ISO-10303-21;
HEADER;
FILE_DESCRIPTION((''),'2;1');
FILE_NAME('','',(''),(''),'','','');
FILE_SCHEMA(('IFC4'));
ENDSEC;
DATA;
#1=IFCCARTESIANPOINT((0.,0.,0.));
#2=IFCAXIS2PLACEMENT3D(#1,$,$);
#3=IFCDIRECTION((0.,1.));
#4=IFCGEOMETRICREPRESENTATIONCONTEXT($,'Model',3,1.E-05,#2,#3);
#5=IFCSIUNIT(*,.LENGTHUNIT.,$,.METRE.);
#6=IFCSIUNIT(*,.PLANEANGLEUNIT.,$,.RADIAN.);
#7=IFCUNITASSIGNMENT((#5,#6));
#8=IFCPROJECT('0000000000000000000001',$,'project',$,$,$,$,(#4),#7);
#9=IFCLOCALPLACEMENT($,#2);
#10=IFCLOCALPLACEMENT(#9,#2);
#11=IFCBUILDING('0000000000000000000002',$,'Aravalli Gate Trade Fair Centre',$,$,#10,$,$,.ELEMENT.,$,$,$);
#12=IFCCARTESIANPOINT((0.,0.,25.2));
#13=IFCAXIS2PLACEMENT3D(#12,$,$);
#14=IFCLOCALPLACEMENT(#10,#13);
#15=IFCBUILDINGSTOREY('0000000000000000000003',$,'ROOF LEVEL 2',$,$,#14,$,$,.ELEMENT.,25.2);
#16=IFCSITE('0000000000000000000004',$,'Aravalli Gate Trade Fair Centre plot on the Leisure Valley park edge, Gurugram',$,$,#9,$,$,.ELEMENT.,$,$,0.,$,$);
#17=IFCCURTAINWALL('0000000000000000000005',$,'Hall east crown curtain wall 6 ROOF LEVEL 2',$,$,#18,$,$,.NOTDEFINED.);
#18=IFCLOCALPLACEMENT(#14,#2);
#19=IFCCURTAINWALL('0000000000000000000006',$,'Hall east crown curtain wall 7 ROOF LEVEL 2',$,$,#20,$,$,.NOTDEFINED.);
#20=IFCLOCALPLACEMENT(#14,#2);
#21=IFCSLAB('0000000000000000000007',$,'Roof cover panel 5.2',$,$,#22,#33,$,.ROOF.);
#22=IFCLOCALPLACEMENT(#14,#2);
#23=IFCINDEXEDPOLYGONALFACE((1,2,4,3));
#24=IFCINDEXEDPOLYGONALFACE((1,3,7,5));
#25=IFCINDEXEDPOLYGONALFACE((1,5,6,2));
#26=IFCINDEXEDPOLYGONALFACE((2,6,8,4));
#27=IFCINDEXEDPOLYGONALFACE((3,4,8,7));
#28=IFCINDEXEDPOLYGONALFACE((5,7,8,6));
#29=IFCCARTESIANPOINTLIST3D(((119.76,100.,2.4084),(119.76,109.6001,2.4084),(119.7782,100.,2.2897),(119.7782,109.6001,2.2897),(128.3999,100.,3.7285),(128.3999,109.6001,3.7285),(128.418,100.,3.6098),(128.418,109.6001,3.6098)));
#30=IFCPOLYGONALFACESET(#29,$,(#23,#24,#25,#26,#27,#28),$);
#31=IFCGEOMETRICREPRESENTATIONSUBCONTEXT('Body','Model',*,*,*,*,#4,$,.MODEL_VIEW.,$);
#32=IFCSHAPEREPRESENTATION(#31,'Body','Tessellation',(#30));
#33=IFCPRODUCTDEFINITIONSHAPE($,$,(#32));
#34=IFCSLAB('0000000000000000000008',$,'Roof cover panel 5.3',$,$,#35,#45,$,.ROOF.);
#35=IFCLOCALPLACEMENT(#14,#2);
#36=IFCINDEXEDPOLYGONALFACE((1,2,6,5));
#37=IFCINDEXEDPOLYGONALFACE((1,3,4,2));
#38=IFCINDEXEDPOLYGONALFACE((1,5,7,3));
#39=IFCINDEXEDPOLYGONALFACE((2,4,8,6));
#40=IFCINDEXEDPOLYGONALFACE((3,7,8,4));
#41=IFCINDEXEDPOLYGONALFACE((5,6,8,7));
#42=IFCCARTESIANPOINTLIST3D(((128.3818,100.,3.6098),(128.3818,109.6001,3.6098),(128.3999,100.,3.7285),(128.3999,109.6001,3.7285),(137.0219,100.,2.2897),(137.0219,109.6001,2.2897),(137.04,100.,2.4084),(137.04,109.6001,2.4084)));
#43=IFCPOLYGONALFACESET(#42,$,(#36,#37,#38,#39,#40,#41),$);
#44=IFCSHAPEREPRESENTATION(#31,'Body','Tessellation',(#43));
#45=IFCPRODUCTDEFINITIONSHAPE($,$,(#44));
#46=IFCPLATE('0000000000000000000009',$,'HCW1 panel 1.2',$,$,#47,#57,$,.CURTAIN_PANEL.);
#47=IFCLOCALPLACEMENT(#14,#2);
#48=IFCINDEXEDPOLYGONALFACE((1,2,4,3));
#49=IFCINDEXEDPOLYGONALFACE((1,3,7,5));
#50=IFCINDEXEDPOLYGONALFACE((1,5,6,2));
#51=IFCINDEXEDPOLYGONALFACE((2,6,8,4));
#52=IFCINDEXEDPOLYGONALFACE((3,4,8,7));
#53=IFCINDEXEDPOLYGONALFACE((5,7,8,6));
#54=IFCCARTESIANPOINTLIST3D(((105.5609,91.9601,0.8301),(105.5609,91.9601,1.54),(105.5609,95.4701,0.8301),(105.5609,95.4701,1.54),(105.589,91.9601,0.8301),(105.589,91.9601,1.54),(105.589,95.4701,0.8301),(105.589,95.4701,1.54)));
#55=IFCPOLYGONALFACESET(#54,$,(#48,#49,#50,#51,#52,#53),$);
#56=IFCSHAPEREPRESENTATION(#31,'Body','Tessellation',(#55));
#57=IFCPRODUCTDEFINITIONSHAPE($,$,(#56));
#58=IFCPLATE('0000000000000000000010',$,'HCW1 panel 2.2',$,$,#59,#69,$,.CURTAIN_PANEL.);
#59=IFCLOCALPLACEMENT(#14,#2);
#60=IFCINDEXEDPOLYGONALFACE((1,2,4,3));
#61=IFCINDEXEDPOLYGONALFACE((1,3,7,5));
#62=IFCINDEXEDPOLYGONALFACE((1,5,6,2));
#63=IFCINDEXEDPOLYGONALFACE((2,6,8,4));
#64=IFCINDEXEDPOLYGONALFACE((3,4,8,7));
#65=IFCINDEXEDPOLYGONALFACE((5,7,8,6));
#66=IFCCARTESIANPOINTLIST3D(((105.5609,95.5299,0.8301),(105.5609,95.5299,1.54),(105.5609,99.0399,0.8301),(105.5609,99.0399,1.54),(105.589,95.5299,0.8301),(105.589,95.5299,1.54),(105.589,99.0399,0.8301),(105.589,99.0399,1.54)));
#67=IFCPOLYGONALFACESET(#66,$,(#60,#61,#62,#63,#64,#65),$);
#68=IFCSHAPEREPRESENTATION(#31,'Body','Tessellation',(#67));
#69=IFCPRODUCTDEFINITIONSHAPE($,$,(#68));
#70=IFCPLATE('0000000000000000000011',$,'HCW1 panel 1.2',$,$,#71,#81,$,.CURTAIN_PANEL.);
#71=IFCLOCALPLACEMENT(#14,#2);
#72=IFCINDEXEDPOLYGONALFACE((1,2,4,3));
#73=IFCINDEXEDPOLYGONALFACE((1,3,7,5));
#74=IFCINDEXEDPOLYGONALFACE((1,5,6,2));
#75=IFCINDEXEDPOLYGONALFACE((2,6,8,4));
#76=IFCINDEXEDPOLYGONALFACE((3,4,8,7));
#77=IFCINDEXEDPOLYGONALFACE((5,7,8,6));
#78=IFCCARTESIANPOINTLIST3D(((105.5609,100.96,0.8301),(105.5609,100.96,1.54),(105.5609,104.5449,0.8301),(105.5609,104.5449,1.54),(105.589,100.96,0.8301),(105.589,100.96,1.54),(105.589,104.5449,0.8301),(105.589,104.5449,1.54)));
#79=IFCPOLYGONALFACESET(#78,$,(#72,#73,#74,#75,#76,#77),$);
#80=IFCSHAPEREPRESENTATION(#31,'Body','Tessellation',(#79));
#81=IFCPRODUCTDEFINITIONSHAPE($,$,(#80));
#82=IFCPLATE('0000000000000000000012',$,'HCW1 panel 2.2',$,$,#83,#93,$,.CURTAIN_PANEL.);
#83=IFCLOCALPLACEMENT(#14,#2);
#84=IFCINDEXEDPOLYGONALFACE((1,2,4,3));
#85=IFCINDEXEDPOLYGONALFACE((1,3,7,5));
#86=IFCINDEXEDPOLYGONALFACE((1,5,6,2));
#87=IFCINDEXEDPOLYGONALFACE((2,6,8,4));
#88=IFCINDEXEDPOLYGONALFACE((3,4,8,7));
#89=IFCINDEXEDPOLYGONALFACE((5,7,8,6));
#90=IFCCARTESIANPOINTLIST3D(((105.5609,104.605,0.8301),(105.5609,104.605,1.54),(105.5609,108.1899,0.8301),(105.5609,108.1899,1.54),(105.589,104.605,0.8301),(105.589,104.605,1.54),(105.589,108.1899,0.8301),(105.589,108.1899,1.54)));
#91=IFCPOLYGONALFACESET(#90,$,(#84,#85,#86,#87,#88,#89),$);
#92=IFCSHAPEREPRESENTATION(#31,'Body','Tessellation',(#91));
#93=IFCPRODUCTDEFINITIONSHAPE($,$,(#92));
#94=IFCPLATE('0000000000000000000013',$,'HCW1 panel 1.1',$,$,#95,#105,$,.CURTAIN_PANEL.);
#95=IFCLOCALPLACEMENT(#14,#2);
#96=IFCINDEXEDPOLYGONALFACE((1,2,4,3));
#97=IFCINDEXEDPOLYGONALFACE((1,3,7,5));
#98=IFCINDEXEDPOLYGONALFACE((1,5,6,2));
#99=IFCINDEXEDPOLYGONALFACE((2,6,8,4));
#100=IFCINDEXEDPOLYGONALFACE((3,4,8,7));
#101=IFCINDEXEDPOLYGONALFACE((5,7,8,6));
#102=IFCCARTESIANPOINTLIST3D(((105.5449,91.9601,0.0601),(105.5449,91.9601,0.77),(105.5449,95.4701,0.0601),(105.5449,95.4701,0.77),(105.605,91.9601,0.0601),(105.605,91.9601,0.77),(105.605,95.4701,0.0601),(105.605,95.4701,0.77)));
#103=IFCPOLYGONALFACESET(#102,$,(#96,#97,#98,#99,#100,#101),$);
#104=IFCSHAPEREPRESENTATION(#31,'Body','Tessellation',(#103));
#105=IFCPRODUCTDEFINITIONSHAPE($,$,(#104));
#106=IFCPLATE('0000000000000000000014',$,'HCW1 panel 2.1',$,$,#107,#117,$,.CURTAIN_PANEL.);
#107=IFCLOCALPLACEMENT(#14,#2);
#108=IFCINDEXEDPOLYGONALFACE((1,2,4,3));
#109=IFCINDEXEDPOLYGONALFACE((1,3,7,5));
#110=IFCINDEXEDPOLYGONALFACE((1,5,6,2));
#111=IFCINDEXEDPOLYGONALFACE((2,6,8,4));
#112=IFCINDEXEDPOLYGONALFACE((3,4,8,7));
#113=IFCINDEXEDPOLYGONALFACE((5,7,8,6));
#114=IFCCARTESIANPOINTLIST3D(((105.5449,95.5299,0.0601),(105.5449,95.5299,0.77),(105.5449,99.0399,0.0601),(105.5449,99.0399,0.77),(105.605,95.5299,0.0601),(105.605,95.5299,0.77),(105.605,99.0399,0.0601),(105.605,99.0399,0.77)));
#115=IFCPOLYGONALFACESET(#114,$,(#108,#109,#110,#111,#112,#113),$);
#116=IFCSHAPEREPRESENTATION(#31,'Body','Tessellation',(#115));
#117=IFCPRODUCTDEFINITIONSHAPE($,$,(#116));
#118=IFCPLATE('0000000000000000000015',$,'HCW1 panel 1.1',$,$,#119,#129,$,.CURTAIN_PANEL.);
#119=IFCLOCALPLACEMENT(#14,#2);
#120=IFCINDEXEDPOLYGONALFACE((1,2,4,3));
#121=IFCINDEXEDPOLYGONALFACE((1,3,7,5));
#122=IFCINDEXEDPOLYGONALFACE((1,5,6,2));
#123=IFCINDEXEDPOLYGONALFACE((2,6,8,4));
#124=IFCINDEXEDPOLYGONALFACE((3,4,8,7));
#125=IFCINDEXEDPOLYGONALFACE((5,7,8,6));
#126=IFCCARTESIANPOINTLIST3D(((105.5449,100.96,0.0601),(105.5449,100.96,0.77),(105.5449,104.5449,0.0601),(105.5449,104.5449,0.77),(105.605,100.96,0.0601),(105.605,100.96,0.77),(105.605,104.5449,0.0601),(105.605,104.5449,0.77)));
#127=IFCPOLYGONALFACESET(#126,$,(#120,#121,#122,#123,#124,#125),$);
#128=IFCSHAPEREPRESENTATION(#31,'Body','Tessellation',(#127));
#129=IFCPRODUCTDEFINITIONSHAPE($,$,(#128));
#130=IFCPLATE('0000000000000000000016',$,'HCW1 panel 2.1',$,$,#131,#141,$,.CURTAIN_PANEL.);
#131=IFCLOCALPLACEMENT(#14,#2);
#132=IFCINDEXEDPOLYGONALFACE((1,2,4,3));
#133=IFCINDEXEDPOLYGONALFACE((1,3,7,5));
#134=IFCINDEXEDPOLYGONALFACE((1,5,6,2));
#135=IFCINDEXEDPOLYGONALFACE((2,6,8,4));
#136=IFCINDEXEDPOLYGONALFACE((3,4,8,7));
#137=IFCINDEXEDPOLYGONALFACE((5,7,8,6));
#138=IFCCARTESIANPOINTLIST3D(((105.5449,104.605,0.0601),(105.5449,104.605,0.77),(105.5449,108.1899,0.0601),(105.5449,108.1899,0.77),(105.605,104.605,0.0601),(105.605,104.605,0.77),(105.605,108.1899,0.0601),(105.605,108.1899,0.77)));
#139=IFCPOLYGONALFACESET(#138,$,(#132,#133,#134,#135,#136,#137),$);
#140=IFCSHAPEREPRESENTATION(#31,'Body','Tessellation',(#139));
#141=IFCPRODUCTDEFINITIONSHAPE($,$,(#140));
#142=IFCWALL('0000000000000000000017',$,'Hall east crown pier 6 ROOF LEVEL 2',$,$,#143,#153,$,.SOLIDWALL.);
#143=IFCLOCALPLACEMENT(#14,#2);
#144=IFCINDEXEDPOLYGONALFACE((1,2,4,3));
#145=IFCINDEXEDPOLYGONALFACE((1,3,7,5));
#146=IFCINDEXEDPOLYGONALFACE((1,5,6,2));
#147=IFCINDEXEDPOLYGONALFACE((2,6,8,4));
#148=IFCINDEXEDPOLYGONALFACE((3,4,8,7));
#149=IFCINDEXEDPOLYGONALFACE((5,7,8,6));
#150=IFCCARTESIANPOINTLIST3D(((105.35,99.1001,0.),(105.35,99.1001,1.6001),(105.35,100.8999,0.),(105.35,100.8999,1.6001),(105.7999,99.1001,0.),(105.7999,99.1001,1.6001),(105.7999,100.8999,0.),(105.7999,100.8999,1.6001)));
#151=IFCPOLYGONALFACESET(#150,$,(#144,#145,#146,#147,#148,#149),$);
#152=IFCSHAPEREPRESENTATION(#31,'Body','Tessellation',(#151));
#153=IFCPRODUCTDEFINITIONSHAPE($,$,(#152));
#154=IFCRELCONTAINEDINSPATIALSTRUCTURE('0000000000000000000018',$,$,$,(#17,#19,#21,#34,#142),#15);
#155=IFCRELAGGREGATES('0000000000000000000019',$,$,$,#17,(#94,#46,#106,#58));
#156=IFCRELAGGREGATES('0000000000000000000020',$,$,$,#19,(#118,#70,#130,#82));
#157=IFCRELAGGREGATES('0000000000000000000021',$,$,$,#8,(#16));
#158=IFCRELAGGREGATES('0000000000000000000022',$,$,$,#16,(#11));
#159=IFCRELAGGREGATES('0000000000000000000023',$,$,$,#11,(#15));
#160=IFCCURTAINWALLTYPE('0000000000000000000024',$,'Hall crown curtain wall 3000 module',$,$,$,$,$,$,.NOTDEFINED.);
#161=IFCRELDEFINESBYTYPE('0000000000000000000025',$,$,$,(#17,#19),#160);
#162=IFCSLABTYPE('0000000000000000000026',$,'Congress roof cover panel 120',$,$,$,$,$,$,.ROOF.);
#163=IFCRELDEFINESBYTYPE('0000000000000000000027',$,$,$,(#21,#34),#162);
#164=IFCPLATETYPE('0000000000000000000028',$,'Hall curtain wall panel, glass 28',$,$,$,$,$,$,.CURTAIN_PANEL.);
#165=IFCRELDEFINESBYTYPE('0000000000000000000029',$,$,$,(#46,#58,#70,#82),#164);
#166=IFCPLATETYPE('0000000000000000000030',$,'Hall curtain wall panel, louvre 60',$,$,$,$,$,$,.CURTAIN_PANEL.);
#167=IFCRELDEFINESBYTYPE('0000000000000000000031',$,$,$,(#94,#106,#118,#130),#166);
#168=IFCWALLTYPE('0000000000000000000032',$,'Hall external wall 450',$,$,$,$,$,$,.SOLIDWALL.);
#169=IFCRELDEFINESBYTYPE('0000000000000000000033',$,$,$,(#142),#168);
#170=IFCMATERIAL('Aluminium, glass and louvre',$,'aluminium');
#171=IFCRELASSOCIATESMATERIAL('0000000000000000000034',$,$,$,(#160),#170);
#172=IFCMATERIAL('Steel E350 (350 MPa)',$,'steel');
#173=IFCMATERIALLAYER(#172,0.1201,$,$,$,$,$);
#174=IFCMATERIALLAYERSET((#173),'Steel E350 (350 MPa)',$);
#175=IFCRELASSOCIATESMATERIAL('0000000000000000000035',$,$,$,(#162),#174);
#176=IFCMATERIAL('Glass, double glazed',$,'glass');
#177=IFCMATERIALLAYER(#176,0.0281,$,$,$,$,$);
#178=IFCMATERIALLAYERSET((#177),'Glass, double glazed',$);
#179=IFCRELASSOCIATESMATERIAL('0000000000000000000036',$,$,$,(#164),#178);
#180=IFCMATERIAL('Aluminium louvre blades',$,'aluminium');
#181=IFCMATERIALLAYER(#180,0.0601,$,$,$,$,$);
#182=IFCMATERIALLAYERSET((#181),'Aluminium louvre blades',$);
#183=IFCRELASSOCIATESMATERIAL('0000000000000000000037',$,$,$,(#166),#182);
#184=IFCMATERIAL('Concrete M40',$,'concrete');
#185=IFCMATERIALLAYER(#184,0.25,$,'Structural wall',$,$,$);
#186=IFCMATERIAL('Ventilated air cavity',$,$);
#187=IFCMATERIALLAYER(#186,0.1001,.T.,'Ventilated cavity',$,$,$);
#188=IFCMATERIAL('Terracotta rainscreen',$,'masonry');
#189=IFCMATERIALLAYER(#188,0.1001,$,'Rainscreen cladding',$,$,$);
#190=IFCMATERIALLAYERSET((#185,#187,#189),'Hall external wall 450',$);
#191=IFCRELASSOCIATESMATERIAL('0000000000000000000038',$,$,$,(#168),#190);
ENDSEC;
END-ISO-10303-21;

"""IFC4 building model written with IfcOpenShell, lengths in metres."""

from ifc_helpers import new_model, si_unit, direction, frame, frame_2d, origin, origin_2d, place, context, subcontext, project, spatial, polyline, rectangle, outline, extrude, material, layer, layer_set, type_object, element, aggregate, save


model = new_model("IFC4")

# Units and contexts
model_context = context("Model", 3, precision=1e-05, world=origin(), true_north=direction((0.0, 1.0)))
body_context = subcontext(model_context, "Body", "Model", "MODEL_VIEW")
ifc_project = project(units=[si_unit("LENGTHUNIT", "METRE"), si_unit("PLANEANGLEUNIT", "RADIAN")], contexts=[model_context])

# Site, building, storey
site_placement = place(None, origin())
site = spatial("IfcSite", under=ifc_project, at=site_placement, Name="Aravalli Gate Trade Fair Centre plot on the Leisure Valley park edge, Gurugram", CompositionType="ELEMENT", RefElevation=0.0)
building_placement = place(site_placement, origin())
building = spatial("IfcBuilding", under=site, at=building_placement, Name="Aravalli Gate Trade Fair Centre", CompositionType="ELEMENT")
storey_placement = place(building_placement, frame((0.0, 0.0, 25.2)))
storey = spatial("IfcBuildingStorey", under=building, at=storey_placement, Name="ROOF LEVEL 2", CompositionType="ELEMENT", Elevation=25.2)

# Curtain walls
ifc_material_1 = material(Name="Aluminium, glass and louvre", Category="aluminium")
curtain_wall_type = type_object("IfcCurtainWallType", Name="Hall crown curtain wall 3000 module", PredefinedType="NOTDEFINED", material=ifc_material_1)
curtain_wall_1_placement = place(storey_placement, origin())
curtain_wall_1 = element("IfcCurtainWall", 1, at=curtain_wall_1_placement, inside=storey, type_object=curtain_wall_type, Name="Hall east crown curtain wall 6 ROOF LEVEL 2", PredefinedType="NOTDEFINED")
curtain_wall_2_placement = place(storey_placement, origin())
curtain_wall_2 = element("IfcCurtainWall", 2, at=curtain_wall_2_placement, inside=storey, type_object=curtain_wall_type, Name="Hall east crown curtain wall 7 ROOF LEVEL 2", PredefinedType="NOTDEFINED")

# Slabs
ifc_material_2 = material(Name="Steel E350 (350 MPa)", Category="steel")
ifc_layer_1 = layer(ifc_material_2, 0.1201)
ifc_layer_set_1 = layer_set([ifc_layer_1], Name="Steel E350 (350 MPa)")
slab_type = type_object("IfcSlabType", Name="Congress roof cover panel 120", PredefinedType="ROOF", material=ifc_layer_set_1)
slab_1_placement = place(storey_placement, frame((119.76, 100.0, 2.4084), z_axis=(-0.151035, 0.0, 0.988528), x_axis=(0.988528, 0.0, 0.151035)))
element("IfcSlab", 3, at=slab_1_placement, inside=storey, type_object=slab_type, Name="Roof cover panel 5.2", PredefinedType="ROOF", context=body_context, shape_type="SweptSolid", body=[
    extrude(outline(polyline([(0.0, 0.0), (8.7402, 0.0), (8.7402, 9.6001), (0.0, 9.6001), (0.0, 0.0)])), origin(), (0.0, 0.0, -1.0), 0.1201),
])
slab_2_placement = place(storey_placement, frame((128.3999, 100.0, 3.7285), z_axis=(0.151031, 0.0, 0.988529), x_axis=(0.988529, 0.0, -0.151031)))
element("IfcSlab", 4, at=slab_2_placement, inside=storey, type_object=slab_type, Name="Roof cover panel 5.3", PredefinedType="ROOF", context=body_context, shape_type="SweptSolid", body=[
    extrude(outline(polyline([(0.0, 0.0), (8.7404, 0.0), (8.7404, 9.6001), (0.0, 9.6001), (0.0, 0.0)])), origin(), (0.0, 0.0, -1.0), 0.1201),
])

# Plates
ifc_material_3 = material(Name="Glass, double glazed", Category="glass")
ifc_layer_2 = layer(ifc_material_3, 0.0281)
ifc_layer_set_2 = layer_set([ifc_layer_2], Name="Glass, double glazed")
plate_type_1 = type_object("IfcPlateType", Name="Hall curtain wall panel, glass 28", PredefinedType="CURTAIN_PANEL", material=ifc_layer_set_2)
plate_1_placement = place(storey_placement, frame((105.575, 93.7151, 0.8301), z_axis=(0.0, 0.0, 1.0), x_axis=(0.0, 1.0, 0.0)))
plate_1 = element("IfcPlate", 5, at=plate_1_placement, type_object=plate_type_1, Name="HCW1 panel 1.2", PredefinedType="CURTAIN_PANEL", context=body_context, shape_type="SweptSolid", body=[
    extrude(rectangle(XDim=3.51, YDim=0.0281, at=origin_2d()), origin(), (0.0, 0.0, 1.0), 0.71),
])
plate_2_placement = place(storey_placement, frame((105.575, 97.2849, 0.8301), z_axis=(0.0, 0.0, 1.0), x_axis=(0.0, 1.0, 0.0)))
plate_2 = element("IfcPlate", 6, at=plate_2_placement, type_object=plate_type_1, Name="HCW1 panel 2.2", PredefinedType="CURTAIN_PANEL", context=body_context, shape_type="SweptSolid", body=[
    extrude(rectangle(XDim=3.51, YDim=0.0281, at=origin_2d()), origin(), (0.0, 0.0, 1.0), 0.71),
])
plate_3_placement = place(storey_placement, frame((105.575, 102.7524, 0.8301), z_axis=(0.0, 0.0, 1.0), x_axis=(0.0, 1.0, 0.0)))
plate_3 = element("IfcPlate", 7, at=plate_3_placement, type_object=plate_type_1, Name="HCW1 panel 1.2", PredefinedType="CURTAIN_PANEL", context=body_context, shape_type="SweptSolid", body=[
    extrude(rectangle(XDim=3.585, YDim=0.0281, at=origin_2d()), origin(), (0.0, 0.0, 1.0), 0.71),
])
plate_4_placement = place(storey_placement, frame((105.575, 106.3975, 0.8301), z_axis=(0.0, 0.0, 1.0), x_axis=(0.0, 1.0, 0.0)))
plate_4 = element("IfcPlate", 8, at=plate_4_placement, type_object=plate_type_1, Name="HCW1 panel 2.2", PredefinedType="CURTAIN_PANEL", context=body_context, shape_type="SweptSolid", body=[
    extrude(rectangle(XDim=3.585, YDim=0.0281, at=origin_2d()), origin(), (0.0, 0.0, 1.0), 0.71),
])
ifc_material_4 = material(Name="Aluminium louvre blades", Category="aluminium")
ifc_layer_3 = layer(ifc_material_4, 0.0601)
ifc_layer_set_3 = layer_set([ifc_layer_3], Name="Aluminium louvre blades")
plate_type_2 = type_object("IfcPlateType", Name="Hall curtain wall panel, louvre 60", PredefinedType="CURTAIN_PANEL", material=ifc_layer_set_3)
plate_5_placement = place(storey_placement, frame((105.575, 93.7151, 0.0601), z_axis=(0.0, 0.0, 1.0), x_axis=(0.0, 1.0, 0.0)))
plate_5 = element("IfcPlate", 9, at=plate_5_placement, type_object=plate_type_2, Name="HCW1 panel 1.1", PredefinedType="CURTAIN_PANEL", context=body_context, shape_type="SweptSolid", body=[
    extrude(rectangle(XDim=3.51, YDim=0.0601, at=origin_2d()), origin(), (0.0, 0.0, 1.0), 0.71),
])
plate_6_placement = place(storey_placement, frame((105.575, 97.2849, 0.0601), z_axis=(0.0, 0.0, 1.0), x_axis=(0.0, 1.0, 0.0)))
plate_6 = element("IfcPlate", 10, at=plate_6_placement, type_object=plate_type_2, Name="HCW1 panel 2.1", PredefinedType="CURTAIN_PANEL", context=body_context, shape_type="SweptSolid", body=[
    extrude(rectangle(XDim=3.51, YDim=0.0601, at=origin_2d()), origin(), (0.0, 0.0, 1.0), 0.71),
])
aggregate(curtain_wall_1, [plate_5, plate_1, plate_6, plate_2])
plate_7_placement = place(storey_placement, frame((105.575, 102.7524, 0.0601), z_axis=(0.0, 0.0, 1.0), x_axis=(0.0, 1.0, 0.0)))
plate_7 = element("IfcPlate", 11, at=plate_7_placement, type_object=plate_type_2, Name="HCW1 panel 1.1", PredefinedType="CURTAIN_PANEL", context=body_context, shape_type="SweptSolid", body=[
    extrude(rectangle(XDim=3.585, YDim=0.0601, at=origin_2d()), origin(), (0.0, 0.0, 1.0), 0.71),
])
plate_8_placement = place(storey_placement, frame((105.575, 106.3975, 0.0601), z_axis=(0.0, 0.0, 1.0), x_axis=(0.0, 1.0, 0.0)))
plate_8 = element("IfcPlate", 12, at=plate_8_placement, type_object=plate_type_2, Name="HCW1 panel 2.1", PredefinedType="CURTAIN_PANEL", context=body_context, shape_type="SweptSolid", body=[
    extrude(rectangle(XDim=3.585, YDim=0.0601, at=origin_2d()), origin(), (0.0, 0.0, 1.0), 0.71),
])
aggregate(curtain_wall_2, [plate_7, plate_3, plate_8, plate_4])

# Wall
ifc_material_5 = material(Name="Concrete M40", Category="concrete")
ifc_layer_4 = layer(ifc_material_5, 0.25, Name="Structural wall")
ifc_material_6 = material(Name="Ventilated air cavity")
ifc_layer_5 = layer(ifc_material_6, 0.1001, ventilated=True, Name="Ventilated cavity")
ifc_material_7 = material(Name="Terracotta rainscreen", Category="masonry")
ifc_layer_6 = layer(ifc_material_7, 0.1001, Name="Rainscreen cladding")
ifc_layer_set_4 = layer_set([ifc_layer_4, ifc_layer_5, ifc_layer_6], Name="Hall external wall 450")
wall_type = type_object("IfcWallType", Name="Hall external wall 450", PredefinedType="SOLIDWALL", material=ifc_layer_set_4)
wall_placement = place(storey_placement, frame((105.575, 99.1001, 0.0), z_axis=(0.0, 0.0, 1.0), x_axis=(0.0, 1.0, 0.0)))
element("IfcWall", 13, at=wall_placement, inside=storey, type_object=wall_type, Name="Hall east crown pier 6 ROOF LEVEL 2", PredefinedType="SOLIDWALL", context=body_context, shape_type="SweptSolid", body=[
    extrude(rectangle(XDim=1.7998, YDim=0.45, at=frame_2d((0.8999, 0.0))), origin(), (0.0, 0.0, 1.0), 1.6001),
])

save(model, "model.ifc")
